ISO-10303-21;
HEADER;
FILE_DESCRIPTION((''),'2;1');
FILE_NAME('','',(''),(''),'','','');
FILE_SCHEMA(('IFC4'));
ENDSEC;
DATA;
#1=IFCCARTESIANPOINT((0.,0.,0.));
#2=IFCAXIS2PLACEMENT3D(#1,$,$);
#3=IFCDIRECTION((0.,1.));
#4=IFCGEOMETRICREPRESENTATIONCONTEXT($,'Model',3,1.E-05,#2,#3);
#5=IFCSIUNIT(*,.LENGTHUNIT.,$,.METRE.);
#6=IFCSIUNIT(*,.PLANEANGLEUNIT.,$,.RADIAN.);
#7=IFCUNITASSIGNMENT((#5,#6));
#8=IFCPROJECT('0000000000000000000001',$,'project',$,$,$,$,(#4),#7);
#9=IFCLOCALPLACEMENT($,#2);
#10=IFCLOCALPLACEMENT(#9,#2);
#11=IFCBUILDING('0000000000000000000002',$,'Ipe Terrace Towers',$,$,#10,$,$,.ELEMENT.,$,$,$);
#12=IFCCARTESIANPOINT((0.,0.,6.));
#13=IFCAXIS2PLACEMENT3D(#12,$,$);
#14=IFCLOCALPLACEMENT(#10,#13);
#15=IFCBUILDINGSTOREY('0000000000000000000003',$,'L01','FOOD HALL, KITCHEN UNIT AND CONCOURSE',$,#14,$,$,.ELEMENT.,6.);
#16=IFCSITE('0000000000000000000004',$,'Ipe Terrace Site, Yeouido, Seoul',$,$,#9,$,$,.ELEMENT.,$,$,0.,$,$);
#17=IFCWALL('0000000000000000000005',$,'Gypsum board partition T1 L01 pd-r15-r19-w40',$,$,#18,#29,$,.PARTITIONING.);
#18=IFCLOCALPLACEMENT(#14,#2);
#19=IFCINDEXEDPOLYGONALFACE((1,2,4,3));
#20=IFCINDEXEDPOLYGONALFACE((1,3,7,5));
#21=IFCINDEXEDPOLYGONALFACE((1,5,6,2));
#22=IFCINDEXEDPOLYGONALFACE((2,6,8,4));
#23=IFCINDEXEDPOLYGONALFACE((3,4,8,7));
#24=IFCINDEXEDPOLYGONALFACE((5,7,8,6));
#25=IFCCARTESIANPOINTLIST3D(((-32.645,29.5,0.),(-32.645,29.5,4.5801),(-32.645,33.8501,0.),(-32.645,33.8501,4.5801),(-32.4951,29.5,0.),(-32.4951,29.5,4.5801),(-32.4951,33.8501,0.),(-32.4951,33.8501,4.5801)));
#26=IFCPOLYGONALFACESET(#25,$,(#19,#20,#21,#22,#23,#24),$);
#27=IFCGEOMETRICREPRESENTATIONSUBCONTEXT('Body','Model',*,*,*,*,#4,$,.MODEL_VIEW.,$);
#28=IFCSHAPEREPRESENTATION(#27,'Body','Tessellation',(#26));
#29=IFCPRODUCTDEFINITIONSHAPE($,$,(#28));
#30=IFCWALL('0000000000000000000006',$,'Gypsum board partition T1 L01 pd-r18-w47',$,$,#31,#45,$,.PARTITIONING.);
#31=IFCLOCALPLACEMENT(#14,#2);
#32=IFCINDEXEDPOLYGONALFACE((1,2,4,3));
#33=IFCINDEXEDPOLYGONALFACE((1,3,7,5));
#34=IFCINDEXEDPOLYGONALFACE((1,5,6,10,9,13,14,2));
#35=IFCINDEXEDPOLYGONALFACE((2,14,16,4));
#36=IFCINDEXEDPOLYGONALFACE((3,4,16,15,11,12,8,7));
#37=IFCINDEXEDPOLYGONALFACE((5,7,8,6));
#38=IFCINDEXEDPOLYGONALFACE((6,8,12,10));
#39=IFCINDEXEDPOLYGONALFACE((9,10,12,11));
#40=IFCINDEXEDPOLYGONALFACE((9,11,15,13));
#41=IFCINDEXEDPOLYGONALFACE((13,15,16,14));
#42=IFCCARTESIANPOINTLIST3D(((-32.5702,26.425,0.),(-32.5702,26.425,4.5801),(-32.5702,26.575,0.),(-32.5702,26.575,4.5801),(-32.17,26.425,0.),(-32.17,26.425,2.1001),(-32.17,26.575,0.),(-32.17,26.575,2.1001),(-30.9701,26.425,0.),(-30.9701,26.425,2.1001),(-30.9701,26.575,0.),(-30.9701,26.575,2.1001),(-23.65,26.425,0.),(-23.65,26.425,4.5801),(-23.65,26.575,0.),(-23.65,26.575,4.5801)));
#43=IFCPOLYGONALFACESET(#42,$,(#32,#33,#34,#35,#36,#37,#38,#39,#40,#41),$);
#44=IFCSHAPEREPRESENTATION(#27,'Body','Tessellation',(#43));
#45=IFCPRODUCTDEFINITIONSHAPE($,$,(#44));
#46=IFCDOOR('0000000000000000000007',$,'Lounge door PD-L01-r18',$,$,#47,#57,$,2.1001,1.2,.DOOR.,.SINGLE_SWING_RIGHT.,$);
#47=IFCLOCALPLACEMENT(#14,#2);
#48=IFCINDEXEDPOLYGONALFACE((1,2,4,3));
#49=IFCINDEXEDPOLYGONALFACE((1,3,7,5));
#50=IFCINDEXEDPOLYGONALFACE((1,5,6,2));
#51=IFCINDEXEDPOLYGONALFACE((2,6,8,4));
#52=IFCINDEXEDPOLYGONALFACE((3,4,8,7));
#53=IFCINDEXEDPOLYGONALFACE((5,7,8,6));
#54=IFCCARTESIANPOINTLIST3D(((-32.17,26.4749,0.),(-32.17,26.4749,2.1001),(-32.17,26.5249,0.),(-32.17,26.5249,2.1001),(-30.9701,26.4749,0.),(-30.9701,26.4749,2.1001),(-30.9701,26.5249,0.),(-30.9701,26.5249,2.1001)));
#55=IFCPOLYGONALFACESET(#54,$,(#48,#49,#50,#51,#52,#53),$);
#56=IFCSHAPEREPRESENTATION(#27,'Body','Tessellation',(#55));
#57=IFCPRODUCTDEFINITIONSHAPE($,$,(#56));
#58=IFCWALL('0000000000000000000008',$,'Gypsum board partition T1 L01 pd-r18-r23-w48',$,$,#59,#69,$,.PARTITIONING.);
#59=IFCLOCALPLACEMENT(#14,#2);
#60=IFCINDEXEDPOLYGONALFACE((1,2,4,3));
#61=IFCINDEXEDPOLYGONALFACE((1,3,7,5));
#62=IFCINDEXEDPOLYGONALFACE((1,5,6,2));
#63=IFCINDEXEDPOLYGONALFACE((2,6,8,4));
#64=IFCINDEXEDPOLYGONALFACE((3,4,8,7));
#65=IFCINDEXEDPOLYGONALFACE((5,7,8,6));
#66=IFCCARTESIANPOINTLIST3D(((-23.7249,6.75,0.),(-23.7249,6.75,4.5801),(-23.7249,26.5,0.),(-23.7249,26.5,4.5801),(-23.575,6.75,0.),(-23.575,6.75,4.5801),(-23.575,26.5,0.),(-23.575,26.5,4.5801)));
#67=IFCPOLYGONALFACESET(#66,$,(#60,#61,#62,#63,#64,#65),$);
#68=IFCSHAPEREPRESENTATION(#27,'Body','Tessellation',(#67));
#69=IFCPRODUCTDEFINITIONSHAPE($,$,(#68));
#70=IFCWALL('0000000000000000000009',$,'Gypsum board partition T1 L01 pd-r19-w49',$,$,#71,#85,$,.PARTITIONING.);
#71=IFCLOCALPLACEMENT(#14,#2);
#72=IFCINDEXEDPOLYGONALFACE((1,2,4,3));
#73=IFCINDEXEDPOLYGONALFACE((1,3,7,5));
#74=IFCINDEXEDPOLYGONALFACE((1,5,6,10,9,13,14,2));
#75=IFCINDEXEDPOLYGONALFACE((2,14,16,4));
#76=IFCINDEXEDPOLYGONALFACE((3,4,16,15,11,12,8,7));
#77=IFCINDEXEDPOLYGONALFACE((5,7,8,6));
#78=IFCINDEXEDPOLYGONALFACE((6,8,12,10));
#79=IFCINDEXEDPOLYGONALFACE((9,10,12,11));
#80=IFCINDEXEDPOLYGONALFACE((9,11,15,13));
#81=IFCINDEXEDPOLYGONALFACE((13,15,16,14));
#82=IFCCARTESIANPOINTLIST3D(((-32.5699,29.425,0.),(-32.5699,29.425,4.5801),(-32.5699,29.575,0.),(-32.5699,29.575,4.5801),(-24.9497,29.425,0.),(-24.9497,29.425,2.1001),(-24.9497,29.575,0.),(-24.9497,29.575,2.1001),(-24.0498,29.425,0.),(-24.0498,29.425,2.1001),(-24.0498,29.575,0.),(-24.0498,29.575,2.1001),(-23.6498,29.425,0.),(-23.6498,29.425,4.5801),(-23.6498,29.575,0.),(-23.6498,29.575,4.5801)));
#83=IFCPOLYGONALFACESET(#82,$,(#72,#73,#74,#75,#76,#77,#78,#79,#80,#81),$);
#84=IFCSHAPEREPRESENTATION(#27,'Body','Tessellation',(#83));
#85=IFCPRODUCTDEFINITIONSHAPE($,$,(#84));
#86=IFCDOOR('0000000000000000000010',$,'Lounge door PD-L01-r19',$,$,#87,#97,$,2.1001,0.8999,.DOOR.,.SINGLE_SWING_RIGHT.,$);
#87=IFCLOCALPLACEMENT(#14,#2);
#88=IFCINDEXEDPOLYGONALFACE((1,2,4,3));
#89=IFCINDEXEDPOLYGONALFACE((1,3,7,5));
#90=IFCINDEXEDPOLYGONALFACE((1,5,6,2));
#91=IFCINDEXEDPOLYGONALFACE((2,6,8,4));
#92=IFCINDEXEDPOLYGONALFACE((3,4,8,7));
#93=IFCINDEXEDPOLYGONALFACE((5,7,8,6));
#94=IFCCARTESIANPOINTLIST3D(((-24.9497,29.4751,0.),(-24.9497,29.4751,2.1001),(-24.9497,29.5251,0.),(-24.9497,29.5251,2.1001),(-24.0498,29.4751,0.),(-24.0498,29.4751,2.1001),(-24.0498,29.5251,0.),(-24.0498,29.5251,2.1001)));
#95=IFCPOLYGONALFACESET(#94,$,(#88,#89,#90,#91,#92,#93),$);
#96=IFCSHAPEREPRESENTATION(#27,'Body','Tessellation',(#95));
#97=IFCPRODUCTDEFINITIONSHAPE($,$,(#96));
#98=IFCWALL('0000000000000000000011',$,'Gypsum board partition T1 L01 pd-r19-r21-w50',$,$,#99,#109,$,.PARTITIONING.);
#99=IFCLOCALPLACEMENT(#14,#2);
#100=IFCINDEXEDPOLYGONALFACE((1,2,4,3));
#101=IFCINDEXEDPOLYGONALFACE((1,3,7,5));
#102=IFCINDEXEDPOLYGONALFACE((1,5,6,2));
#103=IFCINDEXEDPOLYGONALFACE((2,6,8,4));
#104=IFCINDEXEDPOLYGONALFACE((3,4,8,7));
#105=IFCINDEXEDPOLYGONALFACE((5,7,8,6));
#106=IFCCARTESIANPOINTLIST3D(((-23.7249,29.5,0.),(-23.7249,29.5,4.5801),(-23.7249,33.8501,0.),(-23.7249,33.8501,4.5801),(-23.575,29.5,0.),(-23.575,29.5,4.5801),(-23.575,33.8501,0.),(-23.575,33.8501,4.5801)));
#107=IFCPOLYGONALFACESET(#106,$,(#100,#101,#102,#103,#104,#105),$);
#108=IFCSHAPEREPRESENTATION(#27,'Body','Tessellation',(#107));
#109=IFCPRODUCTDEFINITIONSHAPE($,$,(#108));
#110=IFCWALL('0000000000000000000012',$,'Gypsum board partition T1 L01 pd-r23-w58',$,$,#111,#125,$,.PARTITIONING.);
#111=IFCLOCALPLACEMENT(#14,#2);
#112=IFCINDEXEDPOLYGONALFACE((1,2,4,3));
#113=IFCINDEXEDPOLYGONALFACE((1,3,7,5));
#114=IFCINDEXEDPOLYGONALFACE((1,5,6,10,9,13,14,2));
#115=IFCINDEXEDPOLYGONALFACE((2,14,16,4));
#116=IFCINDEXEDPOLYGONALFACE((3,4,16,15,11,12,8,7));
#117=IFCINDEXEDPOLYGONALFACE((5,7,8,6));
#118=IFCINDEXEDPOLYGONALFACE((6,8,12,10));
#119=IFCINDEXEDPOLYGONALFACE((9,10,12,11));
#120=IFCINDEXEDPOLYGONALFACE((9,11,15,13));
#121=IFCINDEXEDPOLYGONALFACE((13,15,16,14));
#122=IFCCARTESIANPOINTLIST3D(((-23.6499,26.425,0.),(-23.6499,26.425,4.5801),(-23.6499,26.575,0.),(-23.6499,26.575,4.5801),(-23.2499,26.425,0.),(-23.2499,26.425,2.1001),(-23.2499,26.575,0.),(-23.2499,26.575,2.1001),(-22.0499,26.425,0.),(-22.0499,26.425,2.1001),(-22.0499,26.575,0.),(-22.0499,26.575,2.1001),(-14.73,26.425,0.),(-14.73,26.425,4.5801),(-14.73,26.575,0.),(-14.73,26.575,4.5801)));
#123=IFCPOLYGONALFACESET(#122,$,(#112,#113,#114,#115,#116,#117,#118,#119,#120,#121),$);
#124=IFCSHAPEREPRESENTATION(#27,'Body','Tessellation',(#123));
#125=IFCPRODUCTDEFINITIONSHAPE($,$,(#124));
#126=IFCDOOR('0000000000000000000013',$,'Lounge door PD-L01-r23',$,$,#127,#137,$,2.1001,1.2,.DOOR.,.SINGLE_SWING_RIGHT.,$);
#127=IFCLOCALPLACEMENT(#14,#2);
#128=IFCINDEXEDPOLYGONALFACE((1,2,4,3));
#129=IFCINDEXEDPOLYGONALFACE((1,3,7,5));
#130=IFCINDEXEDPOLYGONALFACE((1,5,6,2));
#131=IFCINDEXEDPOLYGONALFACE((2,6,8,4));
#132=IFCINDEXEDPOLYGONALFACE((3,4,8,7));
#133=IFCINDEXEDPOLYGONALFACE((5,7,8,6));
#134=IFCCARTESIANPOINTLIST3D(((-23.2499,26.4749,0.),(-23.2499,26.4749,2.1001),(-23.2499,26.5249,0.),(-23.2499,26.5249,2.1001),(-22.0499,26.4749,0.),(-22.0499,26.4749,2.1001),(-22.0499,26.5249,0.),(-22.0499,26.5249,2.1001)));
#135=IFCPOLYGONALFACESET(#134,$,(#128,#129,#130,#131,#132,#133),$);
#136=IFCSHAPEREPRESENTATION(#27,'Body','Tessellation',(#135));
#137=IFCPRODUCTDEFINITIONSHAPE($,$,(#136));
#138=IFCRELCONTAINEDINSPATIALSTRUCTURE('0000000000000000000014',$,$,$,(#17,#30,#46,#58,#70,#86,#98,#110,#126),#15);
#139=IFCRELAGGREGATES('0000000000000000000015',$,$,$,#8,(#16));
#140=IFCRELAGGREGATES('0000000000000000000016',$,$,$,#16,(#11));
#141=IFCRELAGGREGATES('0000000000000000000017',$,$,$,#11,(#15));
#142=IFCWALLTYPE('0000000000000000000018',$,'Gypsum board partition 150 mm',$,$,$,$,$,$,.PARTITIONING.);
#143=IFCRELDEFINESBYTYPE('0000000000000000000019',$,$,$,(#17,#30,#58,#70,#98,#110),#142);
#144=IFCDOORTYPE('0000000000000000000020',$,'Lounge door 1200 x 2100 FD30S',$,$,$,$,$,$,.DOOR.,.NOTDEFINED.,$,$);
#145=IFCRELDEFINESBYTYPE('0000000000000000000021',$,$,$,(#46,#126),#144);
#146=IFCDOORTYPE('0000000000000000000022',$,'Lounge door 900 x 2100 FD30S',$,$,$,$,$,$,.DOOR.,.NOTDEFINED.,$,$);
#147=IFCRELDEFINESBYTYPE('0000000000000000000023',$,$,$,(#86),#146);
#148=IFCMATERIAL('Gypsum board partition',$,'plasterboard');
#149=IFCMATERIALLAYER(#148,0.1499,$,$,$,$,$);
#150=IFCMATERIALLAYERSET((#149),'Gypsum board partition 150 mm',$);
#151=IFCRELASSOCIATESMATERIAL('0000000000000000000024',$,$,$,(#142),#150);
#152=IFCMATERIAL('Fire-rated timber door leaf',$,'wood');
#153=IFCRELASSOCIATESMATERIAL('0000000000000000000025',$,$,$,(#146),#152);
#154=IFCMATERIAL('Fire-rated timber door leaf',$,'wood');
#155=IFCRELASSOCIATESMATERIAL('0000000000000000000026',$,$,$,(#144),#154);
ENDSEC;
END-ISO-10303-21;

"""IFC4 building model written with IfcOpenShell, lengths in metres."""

from ifc_helpers import new_model, si_unit, direction, frame, frame_2d, origin, place, context, subcontext, project, spatial, rectangle, extrude, material, layer, layer_set, type_object, element, fill, save


model = new_model("IFC4")

# Units and contexts
model_context = context("Model", 3, precision=1e-05, world=origin(), true_north=direction((0.0, 1.0)))
body_context = subcontext(model_context, "Body", "Model", "MODEL_VIEW")
ifc_project = project(units=[si_unit("LENGTHUNIT", "METRE"), si_unit("PLANEANGLEUNIT", "RADIAN")], contexts=[model_context])

# Site, building, storey
site_placement = place(None, origin())
site = spatial("IfcSite", under=ifc_project, at=site_placement, Name="Ipe Terrace Site, Yeouido, Seoul", CompositionType="ELEMENT", RefElevation=0.0)
building_placement = place(site_placement, origin())
building = spatial("IfcBuilding", under=site, at=building_placement, Name="Ipe Terrace Towers", CompositionType="ELEMENT")
storey_placement = place(building_placement, frame((0.0, 0.0, 6.0)))
storey = spatial("IfcBuildingStorey", under=building, at=storey_placement, Name="L01", Description="FOOD HALL, KITCHEN UNIT AND CONCOURSE", CompositionType="ELEMENT", Elevation=6.0)

# Shared definitions
ifc_material_1 = material(Name="Gypsum board partition", Category="plasterboard")
ifc_layer_1 = layer(ifc_material_1, 0.1499)
ifc_layer_set_1 = layer_set([ifc_layer_1], Name="Gypsum board partition 150 mm")
wall_type = type_object("IfcWallType", Name="Gypsum board partition 150 mm", PredefinedType="PARTITIONING", material=ifc_layer_set_1)
ifc_material_2 = material(Name="Fire-rated timber door leaf", Category="wood")
door_type_1 = type_object("IfcDoorType", Name="Lounge door 900 x 2100 FD30S", OperationType="NOTDEFINED", PredefinedType="DOOR", material=ifc_material_2)

# Shared definitions
ifc_material_3 = material(Name="Fire-rated timber door leaf", Category="wood")
door_type_2 = type_object("IfcDoorType", Name="Lounge door 1200 x 2100 FD30S", OperationType="NOTDEFINED", PredefinedType="DOOR", material=ifc_material_3)

# Wall
wall_1_placement = place(storey_placement, frame((-32.5701, 33.8501, 0.0), z_axis=(0.0, 0.0, 1.0), x_axis=(0.0, -1.0, 0.0)))
element("IfcWall", 1, at=wall_1_placement, inside=storey, type_object=wall_type, Name="Gypsum board partition T1 L01 pd-r15-r19-w40", PredefinedType="PARTITIONING", context=body_context, shape_type="SweptSolid", body=[
    extrude(rectangle(XDim=4.3501, YDim=0.1499, at=frame_2d((2.175, 0.0))), origin(), (0.0, 0.0, 1.0), 4.5801),
])

# Wall, opening, door
wall_2_placement = place(storey_placement, frame((-32.5701, 26.5, 0.0), z_axis=(0.0, 0.0, 1.0), x_axis=(1.0, 0.0, 0.0)))
wall_2 = element("IfcWall", 2, at=wall_2_placement, inside=storey, type_object=wall_type, Name="Gypsum board partition T1 L01 pd-r18-w47", PredefinedType="PARTITIONING", context=body_context, shape_type="SweptSolid", body=[
    extrude(rectangle(XDim=8.9202, YDim=0.1499, at=frame_2d((4.46, 0.0))), origin(), (0.0, 0.0, 1.0), 4.5801),
])
opening_1_placement = place(wall_2_placement, frame((0.3999, 0.0, 0.0)))
opening_1 = element("IfcOpeningElement", 3, at=opening_1_placement, cuts=wall_2, PredefinedType="OPENING", context=body_context, shape_type="SweptSolid", body=[
    extrude(rectangle(XDim=1.2, YDim=2.1001, at=frame_2d((0.6001, 1.05))), frame((0.0, 0.085, 0.0), z_axis=(0.0, -1.0, 0.0), x_axis=(1.0, 0.0, 0.0)), (0.0, 0.0, 1.0), 0.1699),
])
door_1_placement = place(opening_1_placement, origin())
door_1 = element("IfcDoor", 4, at=door_1_placement, inside=storey, type_object=door_type_2, Name="Lounge door PD-L01-r18", OperationType="SINGLE_SWING_RIGHT", OverallHeight=2.1001, OverallWidth=1.2, PredefinedType="DOOR", context=body_context, shape_type="SweptSolid", body=[
    extrude(rectangle(XDim=1.2, YDim=2.1001, at=frame_2d((0.6001, 1.05))), frame((0.0, 0.0249, 0.0), z_axis=(0.0, -1.0, 0.0), x_axis=(1.0, 0.0, 0.0)), (0.0, 0.0, 1.0), 0.05),
])
fill(opening_1, door_1)

# Wall
wall_3_placement = place(storey_placement, frame((-23.6499, 26.5, 0.0), z_axis=(0.0, 0.0, 1.0), x_axis=(0.0, -1.0, 0.0)))
element("IfcWall", 5, at=wall_3_placement, inside=storey, type_object=wall_type, Name="Gypsum board partition T1 L01 pd-r18-r23-w48", PredefinedType="PARTITIONING", context=body_context, shape_type="SweptSolid", body=[
    extrude(rectangle(XDim=19.75, YDim=0.1499, at=frame_2d((9.875, 0.0))), origin(), (0.0, 0.0, 1.0), 4.5801),
])

# Wall, opening, door
wall_4_placement = place(storey_placement, frame((-23.6499, 29.5, 0.0), z_axis=(0.0, 0.0, 1.0), x_axis=(-1.0, 0.0, 0.0)))
wall_4 = element("IfcWall", 6, at=wall_4_placement, inside=storey, type_object=wall_type, Name="Gypsum board partition T1 L01 pd-r19-w49", PredefinedType="PARTITIONING", context=body_context, shape_type="SweptSolid", body=[
    extrude(rectangle(XDim=8.9202, YDim=0.1499, at=frame_2d((4.46, 0.0))), origin(), (0.0, 0.0, 1.0), 4.5801),
])
opening_2_placement = place(wall_4_placement, frame((0.3999, 0.0, 0.0)))
opening_2 = element("IfcOpeningElement", 7, at=opening_2_placement, cuts=wall_4, PredefinedType="OPENING", context=body_context, shape_type="SweptSolid", body=[
    extrude(rectangle(XDim=0.8999, YDim=2.1001, at=frame_2d((0.45, 1.05))), frame((0.0, 0.085, 0.0), z_axis=(0.0, -1.0, 0.0), x_axis=(1.0, 0.0, 0.0)), (0.0, 0.0, 1.0), 0.1699),
])
door_2_placement = place(opening_2_placement, origin())
door_2 = element("IfcDoor", 8, at=door_2_placement, inside=storey, type_object=door_type_1, Name="Lounge door PD-L01-r19", OperationType="SINGLE_SWING_RIGHT", OverallHeight=2.1001, OverallWidth=0.8999, PredefinedType="DOOR", context=body_context, shape_type="SweptSolid", body=[
    extrude(rectangle(XDim=0.8999, YDim=2.1001, at=frame_2d((0.45, 1.05))), frame((0.0, 0.0249, 0.0), z_axis=(0.0, -1.0, 0.0), x_axis=(1.0, 0.0, 0.0)), (0.0, 0.0, 1.0), 0.05),
])
fill(opening_2, door_2)

# Wall
wall_5_placement = place(storey_placement, frame((-23.6499, 33.8501, 0.0), z_axis=(0.0, 0.0, 1.0), x_axis=(0.0, -1.0, 0.0)))
element("IfcWall", 9, at=wall_5_placement, inside=storey, type_object=wall_type, Name="Gypsum board partition T1 L01 pd-r19-r21-w50", PredefinedType="PARTITIONING", context=body_context, shape_type="SweptSolid", body=[
    extrude(rectangle(XDim=4.3501, YDim=0.1499, at=frame_2d((2.175, 0.0))), origin(), (0.0, 0.0, 1.0), 4.5801),
])

# Wall, opening, door
wall_6_placement = place(storey_placement, frame((-23.6499, 26.5, 0.0), z_axis=(0.0, 0.0, 1.0), x_axis=(1.0, 0.0, 0.0)))
wall_6 = element("IfcWall", 10, at=wall_6_placement, inside=storey, type_object=wall_type, Name="Gypsum board partition T1 L01 pd-r23-w58", PredefinedType="PARTITIONING", context=body_context, shape_type="SweptSolid", body=[
    extrude(rectangle(XDim=8.9199, YDim=0.1499, at=frame_2d((4.46, 0.0))), origin(), (0.0, 0.0, 1.0), 4.5801),
])
opening_3_placement = place(wall_6_placement, frame((0.3999, 0.0, 0.0)))
opening_3 = element("IfcOpeningElement", 11, at=opening_3_placement, cuts=wall_6, PredefinedType="OPENING", context=body_context, shape_type="SweptSolid", body=[
    extrude(rectangle(XDim=1.2, YDim=2.1001, at=frame_2d((0.6001, 1.05))), frame((0.0, 0.085, 0.0), z_axis=(0.0, -1.0, 0.0), x_axis=(1.0, 0.0, 0.0)), (0.0, 0.0, 1.0), 0.1699),
])
door_3_placement = place(opening_3_placement, origin())
door_3 = element("IfcDoor", 12, at=door_3_placement, inside=storey, type_object=door_type_2, Name="Lounge door PD-L01-r23", OperationType="SINGLE_SWING_RIGHT", OverallHeight=2.1001, OverallWidth=1.2, PredefinedType="DOOR", context=body_context, shape_type="SweptSolid", body=[
    extrude(rectangle(XDim=1.2, YDim=2.1001, at=frame_2d((0.6001, 1.05))), frame((0.0, 0.0249, 0.0), z_axis=(0.0, -1.0, 0.0), x_axis=(1.0, 0.0, 0.0)), (0.0, 0.0, 1.0), 0.05),
])
fill(opening_3, door_3)

save(model, "model.ifc")
